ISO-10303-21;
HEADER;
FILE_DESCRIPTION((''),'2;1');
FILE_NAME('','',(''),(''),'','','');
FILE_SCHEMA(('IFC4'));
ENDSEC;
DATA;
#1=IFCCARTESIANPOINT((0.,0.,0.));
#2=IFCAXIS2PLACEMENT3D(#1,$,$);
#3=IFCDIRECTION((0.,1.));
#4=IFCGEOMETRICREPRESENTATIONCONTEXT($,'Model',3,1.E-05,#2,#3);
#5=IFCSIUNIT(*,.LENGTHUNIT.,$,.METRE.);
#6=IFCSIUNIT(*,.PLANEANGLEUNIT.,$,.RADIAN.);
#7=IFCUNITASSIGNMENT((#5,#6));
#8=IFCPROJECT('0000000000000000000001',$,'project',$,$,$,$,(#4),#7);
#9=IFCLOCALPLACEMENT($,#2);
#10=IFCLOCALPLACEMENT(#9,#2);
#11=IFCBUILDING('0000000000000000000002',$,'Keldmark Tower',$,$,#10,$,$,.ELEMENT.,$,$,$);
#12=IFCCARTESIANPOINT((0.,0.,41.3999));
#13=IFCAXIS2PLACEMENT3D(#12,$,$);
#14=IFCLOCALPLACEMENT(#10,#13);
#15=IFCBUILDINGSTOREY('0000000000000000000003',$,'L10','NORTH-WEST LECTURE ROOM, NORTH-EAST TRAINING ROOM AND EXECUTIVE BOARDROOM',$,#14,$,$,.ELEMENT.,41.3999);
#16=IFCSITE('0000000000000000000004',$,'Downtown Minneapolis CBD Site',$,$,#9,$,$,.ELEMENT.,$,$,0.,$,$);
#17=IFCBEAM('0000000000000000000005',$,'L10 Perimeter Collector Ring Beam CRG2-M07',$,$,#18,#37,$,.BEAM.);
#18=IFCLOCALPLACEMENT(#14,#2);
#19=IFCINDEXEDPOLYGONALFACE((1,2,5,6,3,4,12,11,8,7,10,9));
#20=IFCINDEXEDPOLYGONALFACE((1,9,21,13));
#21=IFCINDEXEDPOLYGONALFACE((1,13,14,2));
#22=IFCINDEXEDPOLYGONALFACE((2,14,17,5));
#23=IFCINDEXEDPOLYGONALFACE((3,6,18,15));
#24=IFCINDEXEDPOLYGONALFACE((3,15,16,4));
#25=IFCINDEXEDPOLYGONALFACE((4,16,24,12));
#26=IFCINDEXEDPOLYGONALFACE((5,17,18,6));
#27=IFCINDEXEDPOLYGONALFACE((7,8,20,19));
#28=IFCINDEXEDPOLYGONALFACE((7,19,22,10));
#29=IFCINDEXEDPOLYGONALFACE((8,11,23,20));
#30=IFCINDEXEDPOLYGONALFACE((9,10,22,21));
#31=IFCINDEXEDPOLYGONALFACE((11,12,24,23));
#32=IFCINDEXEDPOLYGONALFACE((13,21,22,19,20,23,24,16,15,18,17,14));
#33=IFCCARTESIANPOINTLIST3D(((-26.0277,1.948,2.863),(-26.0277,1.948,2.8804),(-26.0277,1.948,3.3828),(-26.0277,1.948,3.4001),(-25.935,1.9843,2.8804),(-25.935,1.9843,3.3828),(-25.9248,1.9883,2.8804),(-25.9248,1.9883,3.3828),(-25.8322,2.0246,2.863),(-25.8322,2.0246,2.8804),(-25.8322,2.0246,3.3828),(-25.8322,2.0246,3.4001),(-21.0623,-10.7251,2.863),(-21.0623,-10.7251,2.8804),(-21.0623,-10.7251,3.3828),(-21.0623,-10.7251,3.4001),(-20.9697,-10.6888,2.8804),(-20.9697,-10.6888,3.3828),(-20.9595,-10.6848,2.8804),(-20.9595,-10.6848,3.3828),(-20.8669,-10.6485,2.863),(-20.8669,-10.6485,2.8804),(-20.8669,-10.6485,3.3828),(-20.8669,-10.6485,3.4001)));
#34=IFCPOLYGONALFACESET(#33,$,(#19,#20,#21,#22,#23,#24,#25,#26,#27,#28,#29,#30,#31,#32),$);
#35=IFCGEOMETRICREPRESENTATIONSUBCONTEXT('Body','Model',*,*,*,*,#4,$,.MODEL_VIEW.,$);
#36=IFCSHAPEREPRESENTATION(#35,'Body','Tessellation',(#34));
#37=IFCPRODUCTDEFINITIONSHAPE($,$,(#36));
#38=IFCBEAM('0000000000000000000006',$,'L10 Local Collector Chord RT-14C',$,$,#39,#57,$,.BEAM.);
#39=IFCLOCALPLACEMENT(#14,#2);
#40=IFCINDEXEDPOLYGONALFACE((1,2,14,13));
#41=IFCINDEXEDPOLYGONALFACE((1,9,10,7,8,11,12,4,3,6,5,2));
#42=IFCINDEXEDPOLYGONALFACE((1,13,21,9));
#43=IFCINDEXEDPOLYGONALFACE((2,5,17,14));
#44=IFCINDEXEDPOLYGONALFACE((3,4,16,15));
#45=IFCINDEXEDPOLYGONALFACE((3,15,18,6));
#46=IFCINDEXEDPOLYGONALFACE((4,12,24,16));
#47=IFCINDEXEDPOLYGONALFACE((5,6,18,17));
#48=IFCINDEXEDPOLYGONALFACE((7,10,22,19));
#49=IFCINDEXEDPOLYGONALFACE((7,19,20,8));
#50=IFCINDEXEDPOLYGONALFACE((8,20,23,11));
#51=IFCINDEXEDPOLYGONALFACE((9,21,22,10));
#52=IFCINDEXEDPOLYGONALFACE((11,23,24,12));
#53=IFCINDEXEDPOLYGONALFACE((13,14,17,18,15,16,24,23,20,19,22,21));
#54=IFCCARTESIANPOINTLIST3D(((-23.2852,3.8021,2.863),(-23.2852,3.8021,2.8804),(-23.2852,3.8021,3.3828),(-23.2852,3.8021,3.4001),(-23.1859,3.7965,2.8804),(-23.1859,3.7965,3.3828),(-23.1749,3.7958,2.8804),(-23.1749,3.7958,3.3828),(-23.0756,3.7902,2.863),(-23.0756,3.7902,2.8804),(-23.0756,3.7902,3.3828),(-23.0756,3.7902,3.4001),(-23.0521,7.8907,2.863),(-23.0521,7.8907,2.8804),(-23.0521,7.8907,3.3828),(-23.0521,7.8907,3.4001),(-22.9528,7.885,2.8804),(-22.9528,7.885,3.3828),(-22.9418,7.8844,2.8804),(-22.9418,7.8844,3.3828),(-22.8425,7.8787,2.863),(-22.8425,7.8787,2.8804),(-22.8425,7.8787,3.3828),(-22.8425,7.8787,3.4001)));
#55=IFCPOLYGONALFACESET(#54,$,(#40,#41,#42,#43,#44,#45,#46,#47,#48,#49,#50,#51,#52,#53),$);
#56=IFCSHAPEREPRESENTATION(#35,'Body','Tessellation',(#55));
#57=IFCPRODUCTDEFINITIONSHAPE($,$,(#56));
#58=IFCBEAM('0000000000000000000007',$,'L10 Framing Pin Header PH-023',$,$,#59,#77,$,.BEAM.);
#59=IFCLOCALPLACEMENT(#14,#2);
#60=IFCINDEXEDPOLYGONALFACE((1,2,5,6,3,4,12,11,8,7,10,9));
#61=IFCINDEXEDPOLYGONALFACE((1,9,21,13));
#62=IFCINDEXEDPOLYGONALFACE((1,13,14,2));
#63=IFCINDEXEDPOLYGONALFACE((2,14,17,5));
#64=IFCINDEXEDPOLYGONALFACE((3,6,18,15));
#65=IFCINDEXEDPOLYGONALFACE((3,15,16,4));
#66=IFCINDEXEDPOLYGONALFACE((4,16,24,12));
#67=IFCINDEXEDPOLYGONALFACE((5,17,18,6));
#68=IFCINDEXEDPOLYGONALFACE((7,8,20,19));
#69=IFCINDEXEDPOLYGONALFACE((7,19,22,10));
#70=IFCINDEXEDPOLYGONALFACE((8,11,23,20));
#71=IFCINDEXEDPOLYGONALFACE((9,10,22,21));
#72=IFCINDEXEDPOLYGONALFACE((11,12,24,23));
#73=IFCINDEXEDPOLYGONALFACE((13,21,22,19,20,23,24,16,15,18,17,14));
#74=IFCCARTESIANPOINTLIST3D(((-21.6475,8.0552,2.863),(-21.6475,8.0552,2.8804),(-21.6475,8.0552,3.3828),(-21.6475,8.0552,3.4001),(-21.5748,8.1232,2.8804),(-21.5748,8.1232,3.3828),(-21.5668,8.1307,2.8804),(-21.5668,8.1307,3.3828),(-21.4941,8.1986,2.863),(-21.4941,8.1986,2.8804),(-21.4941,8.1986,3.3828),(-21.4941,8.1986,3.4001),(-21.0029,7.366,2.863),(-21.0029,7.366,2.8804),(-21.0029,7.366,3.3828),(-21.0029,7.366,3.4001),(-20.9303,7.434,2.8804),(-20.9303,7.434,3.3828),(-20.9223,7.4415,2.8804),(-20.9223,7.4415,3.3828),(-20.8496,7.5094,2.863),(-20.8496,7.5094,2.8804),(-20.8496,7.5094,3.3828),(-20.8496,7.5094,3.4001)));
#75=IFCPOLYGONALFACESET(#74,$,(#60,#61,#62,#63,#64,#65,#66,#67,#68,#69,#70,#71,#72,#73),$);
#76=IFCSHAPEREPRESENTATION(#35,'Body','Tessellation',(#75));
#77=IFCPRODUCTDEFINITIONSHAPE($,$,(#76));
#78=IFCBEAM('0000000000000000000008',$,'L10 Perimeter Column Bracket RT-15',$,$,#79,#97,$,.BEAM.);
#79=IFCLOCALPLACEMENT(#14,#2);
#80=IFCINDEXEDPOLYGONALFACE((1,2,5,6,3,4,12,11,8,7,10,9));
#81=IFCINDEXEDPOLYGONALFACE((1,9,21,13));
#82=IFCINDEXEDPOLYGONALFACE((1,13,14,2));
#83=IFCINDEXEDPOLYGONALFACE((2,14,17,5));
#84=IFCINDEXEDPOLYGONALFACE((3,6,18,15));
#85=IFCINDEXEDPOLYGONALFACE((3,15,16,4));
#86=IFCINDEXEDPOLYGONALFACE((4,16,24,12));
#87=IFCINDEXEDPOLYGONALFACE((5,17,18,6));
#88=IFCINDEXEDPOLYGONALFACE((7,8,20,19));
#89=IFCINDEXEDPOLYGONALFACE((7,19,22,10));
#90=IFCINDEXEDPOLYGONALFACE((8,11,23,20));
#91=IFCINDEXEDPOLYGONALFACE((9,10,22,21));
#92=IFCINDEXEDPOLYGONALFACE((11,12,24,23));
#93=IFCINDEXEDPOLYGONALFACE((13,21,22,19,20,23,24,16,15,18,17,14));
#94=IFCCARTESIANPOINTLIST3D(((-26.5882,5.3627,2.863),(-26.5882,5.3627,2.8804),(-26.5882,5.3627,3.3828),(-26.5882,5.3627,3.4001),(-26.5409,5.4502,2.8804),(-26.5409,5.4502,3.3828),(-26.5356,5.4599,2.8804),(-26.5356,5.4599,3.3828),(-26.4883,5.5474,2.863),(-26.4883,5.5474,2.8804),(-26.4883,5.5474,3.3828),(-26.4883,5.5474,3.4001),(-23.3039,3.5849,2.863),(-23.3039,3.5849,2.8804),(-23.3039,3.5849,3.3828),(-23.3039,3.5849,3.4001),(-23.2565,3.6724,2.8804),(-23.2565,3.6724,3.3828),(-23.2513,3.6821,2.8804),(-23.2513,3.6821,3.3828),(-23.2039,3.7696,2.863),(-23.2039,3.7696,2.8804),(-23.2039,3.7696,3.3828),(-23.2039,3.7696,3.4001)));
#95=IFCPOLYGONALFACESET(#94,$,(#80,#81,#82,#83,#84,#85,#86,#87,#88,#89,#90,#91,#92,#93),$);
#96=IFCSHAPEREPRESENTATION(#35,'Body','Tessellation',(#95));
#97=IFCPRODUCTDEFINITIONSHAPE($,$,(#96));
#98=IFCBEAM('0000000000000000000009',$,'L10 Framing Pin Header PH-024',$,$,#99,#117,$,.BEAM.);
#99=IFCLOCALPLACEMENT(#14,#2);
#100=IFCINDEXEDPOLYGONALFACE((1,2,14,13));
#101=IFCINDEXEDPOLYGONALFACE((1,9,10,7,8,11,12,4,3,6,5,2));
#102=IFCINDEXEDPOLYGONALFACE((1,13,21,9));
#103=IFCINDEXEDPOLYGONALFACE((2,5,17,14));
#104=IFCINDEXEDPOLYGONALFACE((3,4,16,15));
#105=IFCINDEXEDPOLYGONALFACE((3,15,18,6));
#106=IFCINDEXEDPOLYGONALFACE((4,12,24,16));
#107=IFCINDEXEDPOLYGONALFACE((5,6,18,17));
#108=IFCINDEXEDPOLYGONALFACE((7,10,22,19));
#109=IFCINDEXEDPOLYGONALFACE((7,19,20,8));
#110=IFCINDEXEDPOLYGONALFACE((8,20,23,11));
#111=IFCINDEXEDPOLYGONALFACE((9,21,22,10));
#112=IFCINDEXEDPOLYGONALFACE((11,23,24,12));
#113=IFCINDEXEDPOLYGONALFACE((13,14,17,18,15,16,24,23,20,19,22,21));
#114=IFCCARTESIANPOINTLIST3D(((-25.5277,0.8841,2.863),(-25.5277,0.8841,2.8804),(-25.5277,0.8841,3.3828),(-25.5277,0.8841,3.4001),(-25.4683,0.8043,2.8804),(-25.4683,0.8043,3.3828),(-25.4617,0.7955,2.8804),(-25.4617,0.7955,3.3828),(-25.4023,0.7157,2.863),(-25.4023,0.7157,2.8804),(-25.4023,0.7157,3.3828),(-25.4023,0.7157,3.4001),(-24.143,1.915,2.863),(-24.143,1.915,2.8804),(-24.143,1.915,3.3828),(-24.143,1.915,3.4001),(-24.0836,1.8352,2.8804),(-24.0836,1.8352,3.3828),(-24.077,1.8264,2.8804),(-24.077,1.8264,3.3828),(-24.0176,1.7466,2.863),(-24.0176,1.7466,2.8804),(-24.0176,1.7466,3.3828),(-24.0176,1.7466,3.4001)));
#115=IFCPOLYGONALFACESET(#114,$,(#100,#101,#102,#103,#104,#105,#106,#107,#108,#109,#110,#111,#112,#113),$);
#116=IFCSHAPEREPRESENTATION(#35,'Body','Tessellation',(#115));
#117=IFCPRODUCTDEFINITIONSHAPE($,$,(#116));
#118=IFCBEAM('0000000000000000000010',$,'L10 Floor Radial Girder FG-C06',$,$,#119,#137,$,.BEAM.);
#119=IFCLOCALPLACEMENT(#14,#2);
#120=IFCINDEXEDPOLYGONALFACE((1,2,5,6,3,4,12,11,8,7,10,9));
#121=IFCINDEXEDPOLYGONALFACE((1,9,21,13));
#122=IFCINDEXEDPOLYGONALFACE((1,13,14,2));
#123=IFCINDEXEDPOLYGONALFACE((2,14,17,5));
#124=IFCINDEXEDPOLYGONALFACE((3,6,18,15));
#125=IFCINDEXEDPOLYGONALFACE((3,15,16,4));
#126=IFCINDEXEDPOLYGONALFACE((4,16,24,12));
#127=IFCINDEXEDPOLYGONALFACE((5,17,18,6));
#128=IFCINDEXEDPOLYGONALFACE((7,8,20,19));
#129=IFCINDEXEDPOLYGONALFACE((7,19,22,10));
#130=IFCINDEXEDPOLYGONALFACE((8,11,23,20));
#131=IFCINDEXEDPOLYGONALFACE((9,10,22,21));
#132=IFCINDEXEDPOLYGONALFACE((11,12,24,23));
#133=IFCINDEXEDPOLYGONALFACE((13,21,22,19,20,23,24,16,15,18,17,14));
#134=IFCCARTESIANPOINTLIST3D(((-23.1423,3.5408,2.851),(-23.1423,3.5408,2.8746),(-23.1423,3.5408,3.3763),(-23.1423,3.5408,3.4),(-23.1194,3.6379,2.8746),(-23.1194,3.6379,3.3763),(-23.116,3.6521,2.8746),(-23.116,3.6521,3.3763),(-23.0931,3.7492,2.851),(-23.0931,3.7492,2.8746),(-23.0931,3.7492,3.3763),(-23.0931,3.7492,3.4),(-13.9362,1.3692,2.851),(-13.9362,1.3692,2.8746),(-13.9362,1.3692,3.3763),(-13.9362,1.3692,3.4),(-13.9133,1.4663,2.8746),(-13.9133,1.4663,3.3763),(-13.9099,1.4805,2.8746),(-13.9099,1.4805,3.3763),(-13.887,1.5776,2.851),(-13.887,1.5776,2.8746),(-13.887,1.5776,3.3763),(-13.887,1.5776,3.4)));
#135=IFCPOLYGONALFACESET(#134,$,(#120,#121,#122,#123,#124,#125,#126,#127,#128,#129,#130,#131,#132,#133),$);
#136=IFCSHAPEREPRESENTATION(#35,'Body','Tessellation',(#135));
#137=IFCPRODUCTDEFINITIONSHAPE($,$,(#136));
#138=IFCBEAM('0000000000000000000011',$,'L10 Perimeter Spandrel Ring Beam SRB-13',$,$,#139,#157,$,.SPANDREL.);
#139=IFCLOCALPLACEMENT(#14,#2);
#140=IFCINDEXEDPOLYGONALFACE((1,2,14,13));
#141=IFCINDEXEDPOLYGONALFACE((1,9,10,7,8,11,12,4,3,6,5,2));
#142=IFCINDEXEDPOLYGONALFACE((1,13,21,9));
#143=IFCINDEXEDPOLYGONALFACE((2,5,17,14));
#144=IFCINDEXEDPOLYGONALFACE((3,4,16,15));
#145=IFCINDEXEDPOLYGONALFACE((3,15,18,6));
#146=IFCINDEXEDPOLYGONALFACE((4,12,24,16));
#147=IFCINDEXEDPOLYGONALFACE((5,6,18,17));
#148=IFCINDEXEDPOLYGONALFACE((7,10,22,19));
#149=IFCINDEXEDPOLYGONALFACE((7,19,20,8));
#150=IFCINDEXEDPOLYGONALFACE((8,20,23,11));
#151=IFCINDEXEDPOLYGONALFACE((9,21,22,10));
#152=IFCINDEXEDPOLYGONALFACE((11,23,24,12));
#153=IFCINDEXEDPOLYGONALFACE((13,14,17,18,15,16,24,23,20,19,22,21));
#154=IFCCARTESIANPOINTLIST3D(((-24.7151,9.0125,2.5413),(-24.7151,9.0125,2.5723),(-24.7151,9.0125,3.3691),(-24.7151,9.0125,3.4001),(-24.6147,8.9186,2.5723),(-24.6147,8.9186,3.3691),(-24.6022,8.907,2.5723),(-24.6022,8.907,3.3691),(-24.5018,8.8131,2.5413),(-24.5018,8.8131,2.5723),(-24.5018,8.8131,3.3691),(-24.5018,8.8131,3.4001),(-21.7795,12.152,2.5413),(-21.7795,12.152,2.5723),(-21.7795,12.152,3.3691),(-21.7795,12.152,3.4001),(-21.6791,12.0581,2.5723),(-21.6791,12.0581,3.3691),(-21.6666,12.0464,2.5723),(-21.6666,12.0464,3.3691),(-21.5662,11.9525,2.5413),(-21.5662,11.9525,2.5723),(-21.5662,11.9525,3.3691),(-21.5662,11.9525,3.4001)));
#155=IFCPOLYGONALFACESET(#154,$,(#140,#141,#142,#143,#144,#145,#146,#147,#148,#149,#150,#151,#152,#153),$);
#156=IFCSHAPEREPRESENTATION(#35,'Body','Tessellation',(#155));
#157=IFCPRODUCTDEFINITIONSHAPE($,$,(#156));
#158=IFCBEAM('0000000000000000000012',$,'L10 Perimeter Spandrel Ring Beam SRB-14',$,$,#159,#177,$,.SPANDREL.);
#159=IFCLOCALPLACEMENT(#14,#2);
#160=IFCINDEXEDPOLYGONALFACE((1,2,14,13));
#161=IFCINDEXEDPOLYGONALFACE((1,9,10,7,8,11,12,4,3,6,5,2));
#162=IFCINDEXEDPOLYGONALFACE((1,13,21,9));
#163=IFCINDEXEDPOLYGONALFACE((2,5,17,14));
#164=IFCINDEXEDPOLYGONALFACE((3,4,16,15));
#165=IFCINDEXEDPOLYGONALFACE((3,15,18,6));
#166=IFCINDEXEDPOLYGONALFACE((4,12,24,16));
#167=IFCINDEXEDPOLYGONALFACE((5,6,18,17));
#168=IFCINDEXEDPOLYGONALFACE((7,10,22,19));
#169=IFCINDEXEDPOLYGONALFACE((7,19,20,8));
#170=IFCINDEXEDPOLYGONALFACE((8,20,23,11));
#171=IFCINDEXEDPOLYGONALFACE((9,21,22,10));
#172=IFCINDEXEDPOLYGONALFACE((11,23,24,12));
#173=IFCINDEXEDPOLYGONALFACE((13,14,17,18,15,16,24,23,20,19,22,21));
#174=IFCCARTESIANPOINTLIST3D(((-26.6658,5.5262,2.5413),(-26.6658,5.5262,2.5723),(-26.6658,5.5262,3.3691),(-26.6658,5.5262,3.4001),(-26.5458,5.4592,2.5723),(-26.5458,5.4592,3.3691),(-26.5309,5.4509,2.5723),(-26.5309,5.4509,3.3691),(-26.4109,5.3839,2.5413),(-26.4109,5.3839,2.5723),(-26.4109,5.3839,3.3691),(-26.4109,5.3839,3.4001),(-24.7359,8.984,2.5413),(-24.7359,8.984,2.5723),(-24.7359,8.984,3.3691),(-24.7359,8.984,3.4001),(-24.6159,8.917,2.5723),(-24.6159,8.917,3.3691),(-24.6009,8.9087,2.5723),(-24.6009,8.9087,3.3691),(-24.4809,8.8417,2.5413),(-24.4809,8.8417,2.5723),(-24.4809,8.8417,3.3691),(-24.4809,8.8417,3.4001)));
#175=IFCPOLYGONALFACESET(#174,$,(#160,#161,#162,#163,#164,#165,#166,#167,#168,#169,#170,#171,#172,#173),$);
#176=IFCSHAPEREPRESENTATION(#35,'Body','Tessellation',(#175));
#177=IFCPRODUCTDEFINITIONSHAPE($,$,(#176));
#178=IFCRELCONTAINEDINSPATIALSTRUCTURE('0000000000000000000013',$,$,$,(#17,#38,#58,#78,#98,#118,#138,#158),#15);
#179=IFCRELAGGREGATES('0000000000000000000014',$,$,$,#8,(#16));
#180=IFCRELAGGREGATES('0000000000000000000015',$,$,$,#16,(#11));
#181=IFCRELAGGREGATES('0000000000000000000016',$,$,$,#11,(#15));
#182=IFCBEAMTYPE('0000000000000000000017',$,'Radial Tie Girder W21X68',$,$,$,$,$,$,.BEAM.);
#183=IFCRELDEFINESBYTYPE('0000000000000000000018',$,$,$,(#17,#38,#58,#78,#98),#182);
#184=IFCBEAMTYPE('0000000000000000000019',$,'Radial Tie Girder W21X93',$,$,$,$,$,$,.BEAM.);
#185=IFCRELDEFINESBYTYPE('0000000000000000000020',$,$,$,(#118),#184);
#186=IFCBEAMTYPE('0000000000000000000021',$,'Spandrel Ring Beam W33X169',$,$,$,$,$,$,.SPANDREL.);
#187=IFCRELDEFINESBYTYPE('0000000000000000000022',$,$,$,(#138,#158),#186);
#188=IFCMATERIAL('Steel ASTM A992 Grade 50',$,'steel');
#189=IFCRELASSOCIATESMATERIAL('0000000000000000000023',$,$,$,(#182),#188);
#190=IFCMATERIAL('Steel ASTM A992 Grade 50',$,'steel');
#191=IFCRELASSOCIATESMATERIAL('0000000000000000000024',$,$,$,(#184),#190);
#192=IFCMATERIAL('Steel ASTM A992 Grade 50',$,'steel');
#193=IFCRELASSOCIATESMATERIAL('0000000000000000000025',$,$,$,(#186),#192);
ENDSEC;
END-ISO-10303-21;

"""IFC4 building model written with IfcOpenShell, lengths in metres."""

from ifc_helpers import new_model, si_unit, direction, frame, origin, origin_2d, place, context, subcontext, project, spatial, i_section, extrude, material, material_profile, profile_set, type_object, element, save


model = new_model("IFC4")

# Units and contexts
model_context = context("Model", 3, precision=1e-05, world=origin(), true_north=direction((0.0, 1.0)))
body_context = subcontext(model_context, "Body", "Model", "MODEL_VIEW")
ifc_project = project(units=[si_unit("LENGTHUNIT", "METRE"), si_unit("PLANEANGLEUNIT", "RADIAN")], contexts=[model_context])

# Site, building, storey
site_placement = place(None, origin())
site = spatial("IfcSite", under=ifc_project, at=site_placement, Name="Downtown Minneapolis CBD Site", CompositionType="ELEMENT", RefElevation=0.0)
building_placement = place(site_placement, origin())
building = spatial("IfcBuilding", under=site, at=building_placement, Name="Keldmark Tower", CompositionType="ELEMENT")
storey_placement = place(building_placement, frame((0.0, 0.0, 41.3999)))
storey = spatial("IfcBuildingStorey", under=building, at=storey_placement, Name="L10", Description="NORTH-WEST LECTURE ROOM, NORTH-EAST TRAINING ROOM AND EXECUTIVE BOARDROOM", CompositionType="ELEMENT", Elevation=41.3999)

# Beams
ifc_material_1 = material(Name="Steel ASTM A992 Grade 50", Category="steel")
ifc_material_profile_1 = material_profile(ifc_material_1, i_section(OverallWidth=0.21, OverallDepth=0.5371, WebThickness=0.011, FlangeThickness=0.0173, at=origin_2d()), Name="W21X68")
ifc_profile_set_1 = profile_set([ifc_material_profile_1], Name="Steel ASTM A992 Grade 50")
beam_type_1 = type_object("IfcBeamType", Name="Radial Tie Girder W21X68", PredefinedType="BEAM", material=ifc_profile_set_1)
beam_1_placement = place(storey_placement, frame((-25.9299, 1.9863, 3.1316), z_axis=(0.3648, -0.931086, 0.0), x_axis=(0.931086, 0.3648, 0.0)))
element("IfcBeam", 1, at=beam_1_placement, inside=storey, type_object=beam_type_1, Name="L10 Perimeter Collector Ring Beam CRG2-M07", PredefinedType="BEAM", context=body_context, shape_type="SweptSolid", body=[
    extrude(i_section(OverallWidth=0.21, OverallDepth=0.5371, WebThickness=0.011, FlangeThickness=0.0173, at=origin_2d()), origin(), (0.0, 0.0, 1.0), 13.6111),
])
beam_2_placement = place(storey_placement, frame((-23.1804, 3.7961, 3.1316), z_axis=(0.056933, 0.998378, 0.0), x_axis=(-0.998378, 0.056933, 0.0)))
element("IfcBeam", 2, at=beam_2_placement, inside=storey, type_object=beam_type_1, Name="L10 Local Collector Chord RT-14C", PredefinedType="BEAM", context=body_context, shape_type="SweptSolid", body=[
    extrude(i_section(OverallWidth=0.21, OverallDepth=0.5371, WebThickness=0.011, FlangeThickness=0.0173, at=origin_2d()), origin(), (0.0, 0.0, 1.0), 4.0952),
])
beam_3_placement = place(storey_placement, frame((-20.9263, 7.4377, 3.1316), z_axis=(-0.683037, 0.730384, 0.0), x_axis=(-0.730384, -0.683037, 0.0)))
element("IfcBeam", 3, at=beam_3_placement, inside=storey, type_object=beam_type_1, Name="L10 Framing Pin Header PH-023", PredefinedType="BEAM", context=body_context, shape_type="SweptSolid", body=[
    extrude(i_section(OverallWidth=0.21, OverallDepth=0.5371, WebThickness=0.011, FlangeThickness=0.0173, at=origin_2d()), origin(), (0.0, 0.0, 1.0), 0.9436),
])
beam_4_placement = place(storey_placement, frame((-23.2539, 3.6772, 3.1316), z_axis=(-0.87943, 0.476028, 0.0), x_axis=(-0.476028, -0.87943, 0.0)))
element("IfcBeam", 4, at=beam_4_placement, inside=storey, type_object=beam_type_1, Name="L10 Perimeter Column Bracket RT-15", PredefinedType="BEAM", context=body_context, shape_type="SweptSolid", body=[
    extrude(i_section(OverallWidth=0.21, OverallDepth=0.5371, WebThickness=0.011, FlangeThickness=0.0173, at=origin_2d()), origin(), (0.0, 0.0, 1.0), 3.7346),
])
beam_5_placement = place(storey_placement, frame((-24.0803, 1.8308, 3.1316), z_axis=(-0.802099, -0.597191, 0.0), x_axis=(0.597191, -0.802099, 0.0)))
element("IfcBeam", 5, at=beam_5_placement, inside=storey, type_object=beam_type_1, Name="L10 Framing Pin Header PH-024", PredefinedType="BEAM", context=body_context, shape_type="SweptSolid", body=[
    extrude(i_section(OverallWidth=0.21, OverallDepth=0.5371, WebThickness=0.011, FlangeThickness=0.0173, at=origin_2d()), origin(), (0.0, 0.0, 1.0), 1.7263),
])
ifc_material_2 = material(Name="Steel ASTM A992 Grade 50", Category="steel")
ifc_material_profile_2 = material_profile(ifc_material_2, i_section(OverallWidth=0.2141, OverallDepth=0.5491, WebThickness=0.0146, FlangeThickness=0.0237, at=origin_2d()), Name="W21X93")
ifc_profile_set_2 = profile_set([ifc_material_profile_2], Name="Steel ASTM A992 Grade 50")
beam_type_2 = type_object("IfcBeamType", Name="Radial Tie Girder W21X93", PredefinedType="BEAM", material=ifc_profile_set_2)
beam_6_placement = place(storey_placement, frame((-23.1177, 3.645, 3.1255), z_axis=(0.973287, -0.22959, 0.0), x_axis=(0.22959, 0.973287, 0.0)))
element("IfcBeam", 6, at=beam_6_placement, inside=storey, type_object=beam_type_2, Name="L10 Floor Radial Girder FG-C06", PredefinedType="BEAM", context=body_context, shape_type="SweptSolid", body=[
    extrude(i_section(OverallWidth=0.2141, OverallDepth=0.5491, WebThickness=0.0146, FlangeThickness=0.0237, at=origin_2d()), origin(), (0.0, 0.0, 1.0), 9.4587),
])
ifc_material_3 = material(Name="Steel ASTM A992 Grade 50", Category="steel")
ifc_material_profile_3 = material_profile(ifc_material_3, i_section(OverallWidth=0.292, OverallDepth=0.8589, WebThickness=0.0171, FlangeThickness=0.031, at=origin_2d()), Name="W33X169")
ifc_profile_set_3 = profile_set([ifc_material_profile_3], Name="Steel ASTM A992 Grade 50")
beam_type_3 = type_object("IfcBeamType", Name="Spandrel Ring Beam W33X169", PredefinedType="SPANDREL", material=ifc_profile_set_3)
beam_7_placement = place(storey_placement, frame((-21.6729, 12.0522, 2.9707), z_axis=(-0.682994, -0.730424, 0.0), x_axis=(0.730424, -0.682994, 0.0)))
element("IfcBeam", 7, at=beam_7_placement, inside=storey, type_object=beam_type_3, Name="L10 Perimeter Spandrel Ring Beam SRB-13", PredefinedType="SPANDREL", context=body_context, shape_type="SweptSolid", body=[
    extrude(i_section(OverallWidth=0.292, OverallDepth=0.8589, WebThickness=0.0171, FlangeThickness=0.031, at=origin_2d()), origin(), (0.0, 0.0, 1.0), 4.2981),
])
beam_8_placement = place(storey_placement, frame((-24.6084, 8.9128, 2.9707), z_axis=(-0.487369, -0.873196, 0.0), x_axis=(0.873196, -0.487369, 0.0)))
element("IfcBeam", 8, at=beam_8_placement, inside=storey, type_object=beam_type_3, Name="L10 Perimeter Spandrel Ring Beam SRB-14", PredefinedType="SPANDREL", context=body_context, shape_type="SweptSolid", body=[
    extrude(i_section(OverallWidth=0.292, OverallDepth=0.8589, WebThickness=0.0171, FlangeThickness=0.031, at=origin_2d()), origin(), (0.0, 0.0, 1.0), 3.96),
])

save(model, "model.ifc")
